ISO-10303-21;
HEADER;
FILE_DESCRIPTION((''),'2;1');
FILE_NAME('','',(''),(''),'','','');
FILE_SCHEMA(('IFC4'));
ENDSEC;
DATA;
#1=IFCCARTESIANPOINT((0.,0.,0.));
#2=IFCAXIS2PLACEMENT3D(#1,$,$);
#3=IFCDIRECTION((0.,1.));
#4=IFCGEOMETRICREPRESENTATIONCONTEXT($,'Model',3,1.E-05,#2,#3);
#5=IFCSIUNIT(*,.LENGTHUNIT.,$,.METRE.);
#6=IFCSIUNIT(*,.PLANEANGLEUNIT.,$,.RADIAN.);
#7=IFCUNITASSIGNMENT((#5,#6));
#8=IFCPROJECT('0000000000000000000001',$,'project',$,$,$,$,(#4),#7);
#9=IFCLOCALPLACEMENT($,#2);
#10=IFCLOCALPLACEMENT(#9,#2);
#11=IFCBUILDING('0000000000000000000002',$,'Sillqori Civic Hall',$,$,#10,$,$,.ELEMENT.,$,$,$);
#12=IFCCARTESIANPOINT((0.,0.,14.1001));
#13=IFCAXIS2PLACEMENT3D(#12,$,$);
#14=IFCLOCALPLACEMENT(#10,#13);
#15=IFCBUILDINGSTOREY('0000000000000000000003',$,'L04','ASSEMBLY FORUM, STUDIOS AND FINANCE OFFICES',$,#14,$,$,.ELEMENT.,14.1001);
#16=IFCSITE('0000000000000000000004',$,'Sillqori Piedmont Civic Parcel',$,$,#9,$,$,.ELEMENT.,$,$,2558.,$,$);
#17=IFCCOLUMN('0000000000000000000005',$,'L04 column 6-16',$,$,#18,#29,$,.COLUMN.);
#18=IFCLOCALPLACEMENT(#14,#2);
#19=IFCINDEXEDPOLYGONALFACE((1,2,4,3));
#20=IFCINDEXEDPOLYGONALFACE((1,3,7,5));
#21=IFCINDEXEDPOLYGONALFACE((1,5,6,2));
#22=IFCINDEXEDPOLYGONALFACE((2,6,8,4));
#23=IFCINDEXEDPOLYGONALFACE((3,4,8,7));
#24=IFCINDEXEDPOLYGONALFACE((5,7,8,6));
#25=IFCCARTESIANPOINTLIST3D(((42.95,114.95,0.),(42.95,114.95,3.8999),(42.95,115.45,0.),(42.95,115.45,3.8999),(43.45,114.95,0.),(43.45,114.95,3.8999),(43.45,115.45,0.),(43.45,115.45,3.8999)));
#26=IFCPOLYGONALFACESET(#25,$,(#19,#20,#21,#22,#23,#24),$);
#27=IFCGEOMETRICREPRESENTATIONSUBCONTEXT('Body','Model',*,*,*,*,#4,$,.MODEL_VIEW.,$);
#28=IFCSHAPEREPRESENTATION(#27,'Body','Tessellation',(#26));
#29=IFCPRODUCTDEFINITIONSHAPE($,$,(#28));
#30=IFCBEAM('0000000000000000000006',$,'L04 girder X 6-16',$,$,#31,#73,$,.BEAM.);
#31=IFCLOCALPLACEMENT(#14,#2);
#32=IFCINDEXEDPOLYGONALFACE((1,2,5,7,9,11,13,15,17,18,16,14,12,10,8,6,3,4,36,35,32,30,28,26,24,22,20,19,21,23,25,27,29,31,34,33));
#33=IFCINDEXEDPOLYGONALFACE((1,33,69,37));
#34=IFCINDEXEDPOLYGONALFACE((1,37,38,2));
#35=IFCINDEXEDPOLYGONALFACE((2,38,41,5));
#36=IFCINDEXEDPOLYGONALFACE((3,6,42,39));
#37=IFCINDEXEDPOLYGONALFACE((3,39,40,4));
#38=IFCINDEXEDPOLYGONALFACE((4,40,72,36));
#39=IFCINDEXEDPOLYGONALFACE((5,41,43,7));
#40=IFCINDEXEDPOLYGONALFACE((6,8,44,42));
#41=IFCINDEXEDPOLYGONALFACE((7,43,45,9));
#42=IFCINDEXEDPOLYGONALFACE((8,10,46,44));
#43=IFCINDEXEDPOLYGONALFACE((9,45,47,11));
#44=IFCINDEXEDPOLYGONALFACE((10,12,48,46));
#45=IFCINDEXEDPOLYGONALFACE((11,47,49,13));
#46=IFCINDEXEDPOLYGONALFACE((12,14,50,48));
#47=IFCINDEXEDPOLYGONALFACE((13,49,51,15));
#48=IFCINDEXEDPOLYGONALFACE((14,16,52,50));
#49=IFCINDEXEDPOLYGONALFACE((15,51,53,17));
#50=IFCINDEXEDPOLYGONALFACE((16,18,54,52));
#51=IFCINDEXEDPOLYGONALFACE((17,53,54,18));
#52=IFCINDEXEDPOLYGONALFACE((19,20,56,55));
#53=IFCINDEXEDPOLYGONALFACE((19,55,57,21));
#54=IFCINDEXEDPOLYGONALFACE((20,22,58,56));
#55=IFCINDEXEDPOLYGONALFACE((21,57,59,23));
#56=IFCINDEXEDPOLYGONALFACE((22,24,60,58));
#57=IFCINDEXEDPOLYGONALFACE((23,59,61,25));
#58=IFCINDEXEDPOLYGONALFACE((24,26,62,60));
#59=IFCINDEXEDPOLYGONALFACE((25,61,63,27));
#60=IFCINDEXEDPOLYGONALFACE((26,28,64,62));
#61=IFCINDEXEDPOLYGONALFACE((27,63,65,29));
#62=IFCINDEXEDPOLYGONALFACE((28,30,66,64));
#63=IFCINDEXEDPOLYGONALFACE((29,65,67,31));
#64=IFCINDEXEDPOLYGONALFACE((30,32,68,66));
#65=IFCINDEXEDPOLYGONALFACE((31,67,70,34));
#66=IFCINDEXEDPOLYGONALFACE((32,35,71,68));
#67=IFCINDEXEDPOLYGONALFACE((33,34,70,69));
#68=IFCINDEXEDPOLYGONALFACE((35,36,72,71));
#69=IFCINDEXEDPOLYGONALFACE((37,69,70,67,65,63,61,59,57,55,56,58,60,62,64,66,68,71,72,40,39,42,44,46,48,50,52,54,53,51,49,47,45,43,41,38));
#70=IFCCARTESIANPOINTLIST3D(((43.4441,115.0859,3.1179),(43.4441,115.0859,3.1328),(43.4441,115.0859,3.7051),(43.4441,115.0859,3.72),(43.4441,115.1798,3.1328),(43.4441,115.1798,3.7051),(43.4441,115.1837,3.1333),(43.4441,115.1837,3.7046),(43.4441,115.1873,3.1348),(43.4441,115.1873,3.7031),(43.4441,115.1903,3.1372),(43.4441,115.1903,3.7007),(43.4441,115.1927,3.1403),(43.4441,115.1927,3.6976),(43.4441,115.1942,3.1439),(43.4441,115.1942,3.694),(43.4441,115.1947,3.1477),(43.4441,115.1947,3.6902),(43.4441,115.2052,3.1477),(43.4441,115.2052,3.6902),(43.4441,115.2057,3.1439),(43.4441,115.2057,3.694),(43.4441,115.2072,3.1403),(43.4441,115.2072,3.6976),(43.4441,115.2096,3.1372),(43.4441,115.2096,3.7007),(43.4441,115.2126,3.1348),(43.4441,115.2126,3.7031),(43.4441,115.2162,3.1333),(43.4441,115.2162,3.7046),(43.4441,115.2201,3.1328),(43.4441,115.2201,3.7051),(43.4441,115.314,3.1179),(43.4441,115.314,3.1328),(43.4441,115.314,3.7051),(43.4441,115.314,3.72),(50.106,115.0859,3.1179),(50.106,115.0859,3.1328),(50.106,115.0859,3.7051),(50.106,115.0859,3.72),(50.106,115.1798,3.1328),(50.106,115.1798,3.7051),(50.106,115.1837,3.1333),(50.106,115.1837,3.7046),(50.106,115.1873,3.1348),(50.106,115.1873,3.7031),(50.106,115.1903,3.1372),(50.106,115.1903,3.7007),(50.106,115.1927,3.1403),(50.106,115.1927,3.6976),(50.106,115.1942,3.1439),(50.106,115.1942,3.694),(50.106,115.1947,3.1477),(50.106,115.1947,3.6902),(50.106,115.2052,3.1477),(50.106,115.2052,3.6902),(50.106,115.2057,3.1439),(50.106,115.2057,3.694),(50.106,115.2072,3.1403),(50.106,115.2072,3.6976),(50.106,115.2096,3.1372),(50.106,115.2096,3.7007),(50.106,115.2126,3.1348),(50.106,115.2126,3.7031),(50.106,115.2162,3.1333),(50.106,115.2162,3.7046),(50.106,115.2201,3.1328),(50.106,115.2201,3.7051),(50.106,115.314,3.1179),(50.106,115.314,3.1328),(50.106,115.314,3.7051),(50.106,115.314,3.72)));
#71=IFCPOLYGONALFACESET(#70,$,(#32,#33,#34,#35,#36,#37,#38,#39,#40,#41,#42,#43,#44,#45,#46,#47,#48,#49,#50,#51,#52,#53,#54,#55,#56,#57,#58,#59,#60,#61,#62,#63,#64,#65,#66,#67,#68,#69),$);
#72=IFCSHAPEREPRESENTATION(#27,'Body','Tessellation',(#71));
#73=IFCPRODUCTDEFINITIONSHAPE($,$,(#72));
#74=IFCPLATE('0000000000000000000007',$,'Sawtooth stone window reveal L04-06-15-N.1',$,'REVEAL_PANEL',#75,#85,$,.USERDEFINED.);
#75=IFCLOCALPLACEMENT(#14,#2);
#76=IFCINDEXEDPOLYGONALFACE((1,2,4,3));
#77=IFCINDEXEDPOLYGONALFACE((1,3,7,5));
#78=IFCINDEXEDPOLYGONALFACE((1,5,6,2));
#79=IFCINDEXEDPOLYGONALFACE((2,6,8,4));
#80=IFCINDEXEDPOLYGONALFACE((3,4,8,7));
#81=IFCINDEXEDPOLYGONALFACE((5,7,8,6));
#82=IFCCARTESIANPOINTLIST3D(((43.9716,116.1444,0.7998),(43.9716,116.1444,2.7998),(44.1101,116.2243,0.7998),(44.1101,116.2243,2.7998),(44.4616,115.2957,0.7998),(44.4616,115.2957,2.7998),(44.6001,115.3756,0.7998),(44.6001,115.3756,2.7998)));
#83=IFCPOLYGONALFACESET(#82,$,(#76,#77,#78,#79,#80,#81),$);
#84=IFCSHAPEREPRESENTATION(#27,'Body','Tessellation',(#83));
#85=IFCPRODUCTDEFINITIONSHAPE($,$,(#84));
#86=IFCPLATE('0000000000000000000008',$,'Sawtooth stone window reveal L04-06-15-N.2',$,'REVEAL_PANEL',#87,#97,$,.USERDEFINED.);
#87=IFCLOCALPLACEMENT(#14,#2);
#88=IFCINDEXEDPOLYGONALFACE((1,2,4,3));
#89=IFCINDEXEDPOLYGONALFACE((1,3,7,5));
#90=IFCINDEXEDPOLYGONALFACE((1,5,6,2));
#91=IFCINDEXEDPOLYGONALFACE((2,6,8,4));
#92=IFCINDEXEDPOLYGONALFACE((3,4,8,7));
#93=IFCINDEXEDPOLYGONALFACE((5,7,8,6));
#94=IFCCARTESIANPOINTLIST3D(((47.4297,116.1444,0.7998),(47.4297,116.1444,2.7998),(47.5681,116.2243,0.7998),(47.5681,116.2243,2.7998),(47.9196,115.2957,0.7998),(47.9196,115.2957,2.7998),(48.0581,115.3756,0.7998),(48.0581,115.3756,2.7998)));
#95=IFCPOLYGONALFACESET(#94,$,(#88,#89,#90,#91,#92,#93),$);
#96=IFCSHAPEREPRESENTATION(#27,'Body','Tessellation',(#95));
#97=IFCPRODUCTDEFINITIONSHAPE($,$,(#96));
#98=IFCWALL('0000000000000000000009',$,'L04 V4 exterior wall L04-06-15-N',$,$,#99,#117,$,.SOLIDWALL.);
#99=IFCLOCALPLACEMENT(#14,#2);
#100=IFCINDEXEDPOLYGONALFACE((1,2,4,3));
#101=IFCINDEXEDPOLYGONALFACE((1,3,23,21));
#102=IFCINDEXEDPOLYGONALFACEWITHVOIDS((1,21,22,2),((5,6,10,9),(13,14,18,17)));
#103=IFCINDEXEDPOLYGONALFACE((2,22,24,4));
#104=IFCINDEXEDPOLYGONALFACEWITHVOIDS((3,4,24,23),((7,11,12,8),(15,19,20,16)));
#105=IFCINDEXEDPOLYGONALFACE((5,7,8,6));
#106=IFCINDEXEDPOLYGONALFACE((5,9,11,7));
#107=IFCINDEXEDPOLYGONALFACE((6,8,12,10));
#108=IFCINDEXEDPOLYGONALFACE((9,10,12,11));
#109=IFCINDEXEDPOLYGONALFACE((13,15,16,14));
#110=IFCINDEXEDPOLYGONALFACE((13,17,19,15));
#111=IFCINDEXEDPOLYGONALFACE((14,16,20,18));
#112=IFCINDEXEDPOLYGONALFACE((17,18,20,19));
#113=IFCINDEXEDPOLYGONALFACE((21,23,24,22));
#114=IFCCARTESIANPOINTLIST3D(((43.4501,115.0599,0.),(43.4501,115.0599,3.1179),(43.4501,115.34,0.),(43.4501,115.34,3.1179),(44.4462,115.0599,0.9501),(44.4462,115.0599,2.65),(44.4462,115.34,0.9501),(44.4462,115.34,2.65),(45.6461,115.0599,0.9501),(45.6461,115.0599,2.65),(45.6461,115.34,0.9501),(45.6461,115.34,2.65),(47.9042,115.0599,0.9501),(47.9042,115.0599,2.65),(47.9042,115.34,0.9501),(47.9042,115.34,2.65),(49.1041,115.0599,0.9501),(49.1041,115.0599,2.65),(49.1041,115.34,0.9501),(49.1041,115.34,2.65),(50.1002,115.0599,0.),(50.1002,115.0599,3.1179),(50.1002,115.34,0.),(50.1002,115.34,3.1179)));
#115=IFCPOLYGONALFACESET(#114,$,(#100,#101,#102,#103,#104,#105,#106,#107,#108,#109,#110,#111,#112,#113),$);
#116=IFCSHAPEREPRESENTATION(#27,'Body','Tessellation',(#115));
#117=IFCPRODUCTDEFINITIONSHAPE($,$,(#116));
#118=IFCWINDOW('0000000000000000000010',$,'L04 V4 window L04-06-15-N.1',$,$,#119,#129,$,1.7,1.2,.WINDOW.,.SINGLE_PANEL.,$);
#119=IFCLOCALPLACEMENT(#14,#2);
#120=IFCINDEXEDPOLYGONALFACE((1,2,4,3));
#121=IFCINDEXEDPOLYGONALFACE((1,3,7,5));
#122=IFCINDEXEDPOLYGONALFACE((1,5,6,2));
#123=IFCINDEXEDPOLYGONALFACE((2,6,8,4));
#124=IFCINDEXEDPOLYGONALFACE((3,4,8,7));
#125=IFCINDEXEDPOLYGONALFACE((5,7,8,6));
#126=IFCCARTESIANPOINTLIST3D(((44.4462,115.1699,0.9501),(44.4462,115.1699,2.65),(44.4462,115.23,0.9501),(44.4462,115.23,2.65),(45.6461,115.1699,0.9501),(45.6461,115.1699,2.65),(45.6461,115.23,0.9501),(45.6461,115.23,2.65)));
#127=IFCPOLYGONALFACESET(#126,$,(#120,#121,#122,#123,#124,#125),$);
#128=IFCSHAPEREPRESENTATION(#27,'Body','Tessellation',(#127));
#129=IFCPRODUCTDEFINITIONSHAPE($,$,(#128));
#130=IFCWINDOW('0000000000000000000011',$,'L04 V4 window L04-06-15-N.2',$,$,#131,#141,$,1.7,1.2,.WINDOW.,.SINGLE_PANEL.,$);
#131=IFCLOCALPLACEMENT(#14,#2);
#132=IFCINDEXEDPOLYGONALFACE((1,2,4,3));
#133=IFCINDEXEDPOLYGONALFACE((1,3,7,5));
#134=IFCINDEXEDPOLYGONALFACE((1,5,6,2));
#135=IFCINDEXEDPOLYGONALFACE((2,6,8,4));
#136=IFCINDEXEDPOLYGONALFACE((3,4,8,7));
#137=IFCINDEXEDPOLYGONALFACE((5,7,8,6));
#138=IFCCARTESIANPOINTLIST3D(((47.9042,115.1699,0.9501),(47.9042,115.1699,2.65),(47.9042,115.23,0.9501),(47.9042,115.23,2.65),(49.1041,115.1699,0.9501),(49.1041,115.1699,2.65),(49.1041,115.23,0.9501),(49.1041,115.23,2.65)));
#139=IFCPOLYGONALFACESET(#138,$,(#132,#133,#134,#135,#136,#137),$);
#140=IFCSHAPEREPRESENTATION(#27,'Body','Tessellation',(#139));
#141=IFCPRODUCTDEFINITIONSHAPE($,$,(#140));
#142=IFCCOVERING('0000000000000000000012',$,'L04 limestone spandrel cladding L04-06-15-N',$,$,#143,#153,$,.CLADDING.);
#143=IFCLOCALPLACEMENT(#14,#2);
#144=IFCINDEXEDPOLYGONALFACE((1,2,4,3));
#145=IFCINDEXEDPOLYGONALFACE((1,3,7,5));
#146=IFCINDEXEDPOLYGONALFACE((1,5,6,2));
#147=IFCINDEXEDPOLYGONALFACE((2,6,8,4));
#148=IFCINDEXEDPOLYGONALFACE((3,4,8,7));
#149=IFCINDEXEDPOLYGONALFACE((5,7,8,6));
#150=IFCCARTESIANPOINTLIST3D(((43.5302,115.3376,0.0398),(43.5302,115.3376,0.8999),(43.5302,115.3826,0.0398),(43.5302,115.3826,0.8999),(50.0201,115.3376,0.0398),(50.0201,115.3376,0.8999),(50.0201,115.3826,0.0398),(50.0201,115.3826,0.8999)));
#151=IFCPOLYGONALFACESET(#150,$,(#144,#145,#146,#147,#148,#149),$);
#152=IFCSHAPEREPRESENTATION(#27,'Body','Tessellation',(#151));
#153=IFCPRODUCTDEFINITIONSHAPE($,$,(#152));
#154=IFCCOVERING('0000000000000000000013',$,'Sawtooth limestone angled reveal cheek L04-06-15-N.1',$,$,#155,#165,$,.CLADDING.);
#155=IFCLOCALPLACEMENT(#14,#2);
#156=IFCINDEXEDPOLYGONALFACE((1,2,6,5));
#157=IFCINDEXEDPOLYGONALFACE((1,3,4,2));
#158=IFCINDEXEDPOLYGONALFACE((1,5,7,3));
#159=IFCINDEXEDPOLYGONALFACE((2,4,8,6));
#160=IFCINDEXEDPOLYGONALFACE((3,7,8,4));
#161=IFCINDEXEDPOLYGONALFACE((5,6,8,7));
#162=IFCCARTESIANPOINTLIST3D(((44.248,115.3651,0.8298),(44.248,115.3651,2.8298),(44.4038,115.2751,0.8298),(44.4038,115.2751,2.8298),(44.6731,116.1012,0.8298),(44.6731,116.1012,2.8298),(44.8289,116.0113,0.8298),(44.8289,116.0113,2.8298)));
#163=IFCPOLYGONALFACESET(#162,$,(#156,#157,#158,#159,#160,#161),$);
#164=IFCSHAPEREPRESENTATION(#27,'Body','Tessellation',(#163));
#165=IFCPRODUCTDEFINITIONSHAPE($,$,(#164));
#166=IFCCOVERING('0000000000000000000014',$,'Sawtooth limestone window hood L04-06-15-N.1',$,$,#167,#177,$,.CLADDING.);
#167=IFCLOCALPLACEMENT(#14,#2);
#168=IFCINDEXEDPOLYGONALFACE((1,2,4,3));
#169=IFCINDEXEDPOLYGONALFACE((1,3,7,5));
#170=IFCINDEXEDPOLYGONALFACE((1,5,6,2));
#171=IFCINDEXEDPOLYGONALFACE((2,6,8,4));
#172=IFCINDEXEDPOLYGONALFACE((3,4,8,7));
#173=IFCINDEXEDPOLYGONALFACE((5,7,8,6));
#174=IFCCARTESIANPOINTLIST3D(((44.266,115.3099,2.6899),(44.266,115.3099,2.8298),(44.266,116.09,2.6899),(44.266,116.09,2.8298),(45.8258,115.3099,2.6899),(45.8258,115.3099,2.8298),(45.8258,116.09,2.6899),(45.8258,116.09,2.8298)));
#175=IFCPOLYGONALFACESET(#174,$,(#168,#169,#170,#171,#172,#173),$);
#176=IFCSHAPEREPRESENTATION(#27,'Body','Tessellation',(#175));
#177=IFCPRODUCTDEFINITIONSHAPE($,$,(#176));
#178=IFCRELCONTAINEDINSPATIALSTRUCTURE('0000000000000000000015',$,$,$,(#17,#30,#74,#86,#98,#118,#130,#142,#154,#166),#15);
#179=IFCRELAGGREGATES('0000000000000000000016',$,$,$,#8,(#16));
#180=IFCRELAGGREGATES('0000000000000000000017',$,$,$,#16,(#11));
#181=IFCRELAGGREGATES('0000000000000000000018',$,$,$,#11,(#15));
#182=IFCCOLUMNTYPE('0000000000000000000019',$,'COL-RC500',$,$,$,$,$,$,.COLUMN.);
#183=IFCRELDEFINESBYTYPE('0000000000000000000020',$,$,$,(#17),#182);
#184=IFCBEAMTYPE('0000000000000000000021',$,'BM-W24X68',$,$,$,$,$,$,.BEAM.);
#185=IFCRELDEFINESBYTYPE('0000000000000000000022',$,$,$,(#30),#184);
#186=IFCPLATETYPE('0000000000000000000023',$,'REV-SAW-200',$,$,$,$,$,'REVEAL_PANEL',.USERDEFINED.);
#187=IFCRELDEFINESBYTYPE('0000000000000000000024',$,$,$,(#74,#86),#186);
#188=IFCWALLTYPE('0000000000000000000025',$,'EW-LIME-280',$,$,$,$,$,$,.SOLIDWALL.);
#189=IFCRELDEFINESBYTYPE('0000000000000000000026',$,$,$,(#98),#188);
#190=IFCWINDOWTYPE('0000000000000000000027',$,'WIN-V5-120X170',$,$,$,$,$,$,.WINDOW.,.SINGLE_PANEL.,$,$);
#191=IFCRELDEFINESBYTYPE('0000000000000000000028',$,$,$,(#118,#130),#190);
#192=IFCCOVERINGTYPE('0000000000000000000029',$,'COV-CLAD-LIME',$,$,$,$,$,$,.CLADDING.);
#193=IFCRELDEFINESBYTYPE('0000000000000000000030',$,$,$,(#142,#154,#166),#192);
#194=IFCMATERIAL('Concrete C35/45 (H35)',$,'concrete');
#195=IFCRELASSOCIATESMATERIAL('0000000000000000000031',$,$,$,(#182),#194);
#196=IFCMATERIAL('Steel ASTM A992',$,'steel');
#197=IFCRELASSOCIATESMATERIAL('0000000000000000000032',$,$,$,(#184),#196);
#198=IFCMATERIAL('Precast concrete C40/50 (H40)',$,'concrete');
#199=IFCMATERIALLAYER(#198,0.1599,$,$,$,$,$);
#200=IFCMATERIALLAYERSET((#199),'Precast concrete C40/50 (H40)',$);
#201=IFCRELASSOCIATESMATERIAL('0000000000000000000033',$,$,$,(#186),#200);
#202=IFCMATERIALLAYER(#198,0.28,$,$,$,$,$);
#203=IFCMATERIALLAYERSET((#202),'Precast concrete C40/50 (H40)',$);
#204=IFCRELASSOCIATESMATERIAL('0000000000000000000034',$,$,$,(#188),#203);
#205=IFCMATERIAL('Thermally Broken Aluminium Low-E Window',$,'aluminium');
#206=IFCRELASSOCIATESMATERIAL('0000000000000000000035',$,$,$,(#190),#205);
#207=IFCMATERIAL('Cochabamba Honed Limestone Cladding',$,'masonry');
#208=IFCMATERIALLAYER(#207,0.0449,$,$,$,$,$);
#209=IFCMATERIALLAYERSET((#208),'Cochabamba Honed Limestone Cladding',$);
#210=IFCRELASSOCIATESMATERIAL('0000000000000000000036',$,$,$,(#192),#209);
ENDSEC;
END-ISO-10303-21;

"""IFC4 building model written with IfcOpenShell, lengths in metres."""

from ifc_helpers import new_model, si_unit, direction, frame, frame_2d, origin, origin_2d, place, context, subcontext, project, spatial, rectangle, i_section, extrude, material, layer, layer_set, material_profile, profile_set, type_object, element, fill, save


model = new_model("IFC4")

# Units and contexts
model_context = context("Model", 3, precision=1e-05, world=origin(), true_north=direction((0.0, 1.0)))
body_context = subcontext(model_context, "Body", "Model", "MODEL_VIEW")
ifc_project = project(units=[si_unit("LENGTHUNIT", "METRE"), si_unit("PLANEANGLEUNIT", "RADIAN")], contexts=[model_context])

# Site, building, storey
site_placement = place(None, origin())
site = spatial("IfcSite", under=ifc_project, at=site_placement, Name="Sillqori Piedmont Civic Parcel", CompositionType="ELEMENT", RefElevation=2558.0)
building_placement = place(site_placement, origin())
building = spatial("IfcBuilding", under=site, at=building_placement, Name="Sillqori Civic Hall", CompositionType="ELEMENT")
storey_placement = place(building_placement, frame((0.0, 0.0, 14.1001)))
storey = spatial("IfcBuildingStorey", under=building, at=storey_placement, Name="L04", Description="ASSEMBLY FORUM, STUDIOS AND FINANCE OFFICES", CompositionType="ELEMENT", Elevation=14.1001)

# Column
ifc_material_1 = material(Name="Concrete C35/45 (H35)", Category="concrete")
ifc_material_profile_1 = material_profile(ifc_material_1, rectangle(XDim=0.5, YDim=0.5, at=origin_2d()), Name="RC 500x500")
ifc_profile_set_1 = profile_set([ifc_material_profile_1], Name="Concrete C35/45 (H35)")
column_type = type_object("IfcColumnType", Name="COL-RC500", PredefinedType="COLUMN", material=ifc_profile_set_1)
column_placement = place(storey_placement, frame((43.2, 115.2, 0.0), z_axis=(0.0, 0.0, 1.0), x_axis=(1.0, 0.0, 0.0)))
element("IfcColumn", 1, at=column_placement, inside=storey, type_object=column_type, Name="L04 column 6-16", PredefinedType="COLUMN", context=body_context, shape_type="SweptSolid", body=[
    extrude(rectangle(XDim=0.5, YDim=0.5, at=origin_2d()), origin(), (0.0, 0.0, 1.0), 3.8999),
])

# Beam
ifc_material_2 = material(Name="Steel ASTM A992", Category="steel")
ifc_material_profile_2 = material_profile(ifc_material_2, i_section(OverallWidth=0.228, OverallDepth=0.6021, WebThickness=0.0105, FlangeThickness=0.0149, FilletRadius=0.0149, at=origin_2d()), Name="W24X68")
ifc_profile_set_2 = profile_set([ifc_material_profile_2], Name="Steel ASTM A992")
beam_type = type_object("IfcBeamType", Name="BM-W24X68", PredefinedType="BEAM", material=ifc_profile_set_2)
beam_placement = place(storey_placement, frame((43.4441, 115.2, 3.4189), z_axis=(1.0, 0.0, 0.0), x_axis=(0.0, 1.0, 0.0)))
element("IfcBeam", 2, at=beam_placement, inside=storey, type_object=beam_type, Name="L04 girder X 6-16", PredefinedType="BEAM", context=body_context, shape_type="SweptSolid", body=[
    extrude(i_section(OverallWidth=0.228, OverallDepth=0.6021, WebThickness=0.0105, FlangeThickness=0.0149, FilletRadius=0.0149, at=origin_2d()), origin(), (0.0, 0.0, 1.0), 6.6619),
])

# Plates
ifc_material_3 = material(Name="Precast concrete C40/50 (H40)", Category="concrete")
ifc_layer_1 = layer(ifc_material_3, 0.1599)
ifc_layer_set_1 = layer_set([ifc_layer_1], Name="Precast concrete C40/50 (H40)")
plate_type = type_object("IfcPlateType", Name="REV-SAW-200", ElementType="REVEAL_PANEL", PredefinedType="USERDEFINED", material=ifc_layer_set_1)
for number, where, z_axis, x_axis, name in (
    (3, (44.2859, 115.76, 0.7998), (0.0, 0.0, 1.0), (0.866025, 0.5, 0.0), "Sawtooth stone window reveal L04-06-15-N.1"),
    (4, (47.7439, 115.76, 0.7998), (0.0, 0.0, 1.0), (0.866025, 0.5, 0.0), "Sawtooth stone window reveal L04-06-15-N.2"),
):
    element("IfcPlate", number, at=place(storey_placement, frame(where, z_axis=z_axis, x_axis=x_axis)), inside=storey, type_object=plate_type, Name=name, ObjectType="REVEAL_PANEL", PredefinedType="USERDEFINED", context=body_context, shape_type="SweptSolid", body=[
        extrude(rectangle(XDim=0.1599, YDim=0.98, at=origin_2d()), origin(), (0.0, 0.0, 1.0), 2.0),
    ])

# Wall, openings, windows
ifc_layer_2 = layer(ifc_material_3, 0.28)
ifc_layer_set_2 = layer_set([ifc_layer_2], Name="Precast concrete C40/50 (H40)")
wall_type = type_object("IfcWallType", Name="EW-LIME-280", PredefinedType="SOLIDWALL", material=ifc_layer_set_2)
wall_placement = place(storey_placement, frame((43.45, 115.2, 0.0), z_axis=(0.0, 0.0, 1.0), x_axis=(1.0, 0.0, 0.0)))
wall = element("IfcWall", 5, at=wall_placement, inside=storey, type_object=wall_type, Name="L04 V4 exterior wall L04-06-15-N", PredefinedType="SOLIDWALL", context=body_context, shape_type="SweptSolid", body=[
    extrude(rectangle(XDim=6.6501, YDim=0.28, at=frame_2d((3.3252, 0.0))), origin(), (0.0, 0.0, 1.0), 3.1179),
])
opening_1_placement = place(wall_placement, frame((0.9961, 0.0, 0.95)))
opening_1 = element("IfcOpeningElement", 6, at=opening_1_placement, cuts=wall, PredefinedType="OPENING", context=body_context, shape_type="SweptSolid", body=[
    extrude(rectangle(XDim=1.2, YDim=1.7, at=frame_2d((0.6001, 0.8501))), frame((0.0, 0.1499, 0.0), z_axis=(0.0, -1.0, 0.0), x_axis=(1.0, 0.0, 0.0)), (0.0, 0.0, 1.0), 0.3),
])
opening_2_placement = place(wall_placement, frame((4.4541, 0.0, 0.95)))
opening_2 = element("IfcOpeningElement", 7, at=opening_2_placement, cuts=wall, PredefinedType="OPENING", context=body_context, shape_type="SweptSolid", body=[
    extrude(rectangle(XDim=1.2, YDim=1.7, at=frame_2d((0.6001, 0.8501))), frame((0.0, 0.1499, 0.0), z_axis=(0.0, -1.0, 0.0), x_axis=(1.0, 0.0, 0.0)), (0.0, 0.0, 1.0), 0.3),
])
ifc_material_4 = material(Name="Thermally Broken Aluminium Low-E Window", Category="aluminium")
window_type = type_object("IfcWindowType", Name="WIN-V5-120X170", PartitioningType="SINGLE_PANEL", PredefinedType="WINDOW", material=ifc_material_4)
window_1_placement = place(opening_1_placement, origin())
window_1 = element("IfcWindow", 8, at=window_1_placement, inside=storey, type_object=window_type, Name="L04 V4 window L04-06-15-N.1", OverallHeight=1.7, OverallWidth=1.2, PartitioningType="SINGLE_PANEL", PredefinedType="WINDOW", context=body_context, shape_type="SweptSolid", body=[
    extrude(rectangle(XDim=1.2, YDim=1.7, at=frame_2d((0.6001, 0.8501))), frame((0.0, 0.03, 0.0), z_axis=(0.0, -1.0, 0.0), x_axis=(1.0, 0.0, 0.0)), (0.0, 0.0, 1.0), 0.0601),
])
fill(opening_1, window_1)
window_2_placement = place(opening_2_placement, origin())
window_2 = element("IfcWindow", 9, at=window_2_placement, inside=storey, type_object=window_type, Name="L04 V4 window L04-06-15-N.2", OverallHeight=1.7, OverallWidth=1.2, PartitioningType="SINGLE_PANEL", PredefinedType="WINDOW", context=body_context, shape_type="SweptSolid", body=[
    extrude(rectangle(XDim=1.2, YDim=1.7, at=frame_2d((0.6001, 0.8501))), frame((0.0, 0.03, 0.0), z_axis=(0.0, -1.0, 0.0), x_axis=(1.0, 0.0, 0.0)), (0.0, 0.0, 1.0), 0.0601),
])
fill(opening_2, window_2)

# Coverings
ifc_material_5 = material(Name="Cochabamba Honed Limestone Cladding", Category="masonry")
ifc_layer_3 = layer(ifc_material_5, 0.0449)
ifc_layer_set_3 = layer_set([ifc_layer_3], Name="Cochabamba Honed Limestone Cladding")
covering_type = type_object("IfcCoveringType", Name="COV-CLAD-LIME", PredefinedType="CLADDING", material=ifc_layer_set_3)
covering_1_placement = place(storey_placement, frame((43.53, 115.3601, 0.0398), z_axis=(0.0, 0.0, 1.0), x_axis=(1.0, 0.0, 0.0)))
element("IfcCovering", 10, at=covering_1_placement, inside=storey, type_object=covering_type, Name="L04 limestone spandrel cladding L04-06-15-N", PredefinedType="CLADDING", context=body_context, shape_type="SweptSolid", body=[
    extrude(rectangle(XDim=6.49, YDim=0.0449, at=frame_2d((3.2451, 0.0))), origin(), (0.0, 0.0, 1.0), 0.8601),
])
covering_2_placement = place(storey_placement, frame((44.3259, 115.3201, 0.8298), z_axis=(0.0, 0.0, 1.0), x_axis=(0.500062, 0.865989, 0.0)))
element("IfcCovering", 11, at=covering_2_placement, inside=storey, type_object=covering_type, Name="Sawtooth limestone angled reveal cheek L04-06-15-N.1", PredefinedType="CLADDING", context=body_context, shape_type="SweptSolid", body=[
    extrude(rectangle(XDim=0.8501, YDim=0.1799, at=frame_2d((0.425, 0.0))), origin(), (0.0, 0.0, 1.0), 2.0),
])
covering_3_placement = place(storey_placement, frame((44.2661, 115.7, 2.6899), z_axis=(0.0, 0.0, 1.0), x_axis=(1.0, 0.0, 0.0)))
element("IfcCovering", 12, at=covering_3_placement, inside=storey, type_object=covering_type, Name="Sawtooth limestone window hood L04-06-15-N.1", PredefinedType="CLADDING", context=body_context, shape_type="SweptSolid", body=[
    extrude(rectangle(XDim=1.5598, YDim=0.78, at=frame_2d((0.7798, 0.0))), origin(), (0.0, 0.0, 1.0), 0.1399),
])

save(model, "model.ifc")
